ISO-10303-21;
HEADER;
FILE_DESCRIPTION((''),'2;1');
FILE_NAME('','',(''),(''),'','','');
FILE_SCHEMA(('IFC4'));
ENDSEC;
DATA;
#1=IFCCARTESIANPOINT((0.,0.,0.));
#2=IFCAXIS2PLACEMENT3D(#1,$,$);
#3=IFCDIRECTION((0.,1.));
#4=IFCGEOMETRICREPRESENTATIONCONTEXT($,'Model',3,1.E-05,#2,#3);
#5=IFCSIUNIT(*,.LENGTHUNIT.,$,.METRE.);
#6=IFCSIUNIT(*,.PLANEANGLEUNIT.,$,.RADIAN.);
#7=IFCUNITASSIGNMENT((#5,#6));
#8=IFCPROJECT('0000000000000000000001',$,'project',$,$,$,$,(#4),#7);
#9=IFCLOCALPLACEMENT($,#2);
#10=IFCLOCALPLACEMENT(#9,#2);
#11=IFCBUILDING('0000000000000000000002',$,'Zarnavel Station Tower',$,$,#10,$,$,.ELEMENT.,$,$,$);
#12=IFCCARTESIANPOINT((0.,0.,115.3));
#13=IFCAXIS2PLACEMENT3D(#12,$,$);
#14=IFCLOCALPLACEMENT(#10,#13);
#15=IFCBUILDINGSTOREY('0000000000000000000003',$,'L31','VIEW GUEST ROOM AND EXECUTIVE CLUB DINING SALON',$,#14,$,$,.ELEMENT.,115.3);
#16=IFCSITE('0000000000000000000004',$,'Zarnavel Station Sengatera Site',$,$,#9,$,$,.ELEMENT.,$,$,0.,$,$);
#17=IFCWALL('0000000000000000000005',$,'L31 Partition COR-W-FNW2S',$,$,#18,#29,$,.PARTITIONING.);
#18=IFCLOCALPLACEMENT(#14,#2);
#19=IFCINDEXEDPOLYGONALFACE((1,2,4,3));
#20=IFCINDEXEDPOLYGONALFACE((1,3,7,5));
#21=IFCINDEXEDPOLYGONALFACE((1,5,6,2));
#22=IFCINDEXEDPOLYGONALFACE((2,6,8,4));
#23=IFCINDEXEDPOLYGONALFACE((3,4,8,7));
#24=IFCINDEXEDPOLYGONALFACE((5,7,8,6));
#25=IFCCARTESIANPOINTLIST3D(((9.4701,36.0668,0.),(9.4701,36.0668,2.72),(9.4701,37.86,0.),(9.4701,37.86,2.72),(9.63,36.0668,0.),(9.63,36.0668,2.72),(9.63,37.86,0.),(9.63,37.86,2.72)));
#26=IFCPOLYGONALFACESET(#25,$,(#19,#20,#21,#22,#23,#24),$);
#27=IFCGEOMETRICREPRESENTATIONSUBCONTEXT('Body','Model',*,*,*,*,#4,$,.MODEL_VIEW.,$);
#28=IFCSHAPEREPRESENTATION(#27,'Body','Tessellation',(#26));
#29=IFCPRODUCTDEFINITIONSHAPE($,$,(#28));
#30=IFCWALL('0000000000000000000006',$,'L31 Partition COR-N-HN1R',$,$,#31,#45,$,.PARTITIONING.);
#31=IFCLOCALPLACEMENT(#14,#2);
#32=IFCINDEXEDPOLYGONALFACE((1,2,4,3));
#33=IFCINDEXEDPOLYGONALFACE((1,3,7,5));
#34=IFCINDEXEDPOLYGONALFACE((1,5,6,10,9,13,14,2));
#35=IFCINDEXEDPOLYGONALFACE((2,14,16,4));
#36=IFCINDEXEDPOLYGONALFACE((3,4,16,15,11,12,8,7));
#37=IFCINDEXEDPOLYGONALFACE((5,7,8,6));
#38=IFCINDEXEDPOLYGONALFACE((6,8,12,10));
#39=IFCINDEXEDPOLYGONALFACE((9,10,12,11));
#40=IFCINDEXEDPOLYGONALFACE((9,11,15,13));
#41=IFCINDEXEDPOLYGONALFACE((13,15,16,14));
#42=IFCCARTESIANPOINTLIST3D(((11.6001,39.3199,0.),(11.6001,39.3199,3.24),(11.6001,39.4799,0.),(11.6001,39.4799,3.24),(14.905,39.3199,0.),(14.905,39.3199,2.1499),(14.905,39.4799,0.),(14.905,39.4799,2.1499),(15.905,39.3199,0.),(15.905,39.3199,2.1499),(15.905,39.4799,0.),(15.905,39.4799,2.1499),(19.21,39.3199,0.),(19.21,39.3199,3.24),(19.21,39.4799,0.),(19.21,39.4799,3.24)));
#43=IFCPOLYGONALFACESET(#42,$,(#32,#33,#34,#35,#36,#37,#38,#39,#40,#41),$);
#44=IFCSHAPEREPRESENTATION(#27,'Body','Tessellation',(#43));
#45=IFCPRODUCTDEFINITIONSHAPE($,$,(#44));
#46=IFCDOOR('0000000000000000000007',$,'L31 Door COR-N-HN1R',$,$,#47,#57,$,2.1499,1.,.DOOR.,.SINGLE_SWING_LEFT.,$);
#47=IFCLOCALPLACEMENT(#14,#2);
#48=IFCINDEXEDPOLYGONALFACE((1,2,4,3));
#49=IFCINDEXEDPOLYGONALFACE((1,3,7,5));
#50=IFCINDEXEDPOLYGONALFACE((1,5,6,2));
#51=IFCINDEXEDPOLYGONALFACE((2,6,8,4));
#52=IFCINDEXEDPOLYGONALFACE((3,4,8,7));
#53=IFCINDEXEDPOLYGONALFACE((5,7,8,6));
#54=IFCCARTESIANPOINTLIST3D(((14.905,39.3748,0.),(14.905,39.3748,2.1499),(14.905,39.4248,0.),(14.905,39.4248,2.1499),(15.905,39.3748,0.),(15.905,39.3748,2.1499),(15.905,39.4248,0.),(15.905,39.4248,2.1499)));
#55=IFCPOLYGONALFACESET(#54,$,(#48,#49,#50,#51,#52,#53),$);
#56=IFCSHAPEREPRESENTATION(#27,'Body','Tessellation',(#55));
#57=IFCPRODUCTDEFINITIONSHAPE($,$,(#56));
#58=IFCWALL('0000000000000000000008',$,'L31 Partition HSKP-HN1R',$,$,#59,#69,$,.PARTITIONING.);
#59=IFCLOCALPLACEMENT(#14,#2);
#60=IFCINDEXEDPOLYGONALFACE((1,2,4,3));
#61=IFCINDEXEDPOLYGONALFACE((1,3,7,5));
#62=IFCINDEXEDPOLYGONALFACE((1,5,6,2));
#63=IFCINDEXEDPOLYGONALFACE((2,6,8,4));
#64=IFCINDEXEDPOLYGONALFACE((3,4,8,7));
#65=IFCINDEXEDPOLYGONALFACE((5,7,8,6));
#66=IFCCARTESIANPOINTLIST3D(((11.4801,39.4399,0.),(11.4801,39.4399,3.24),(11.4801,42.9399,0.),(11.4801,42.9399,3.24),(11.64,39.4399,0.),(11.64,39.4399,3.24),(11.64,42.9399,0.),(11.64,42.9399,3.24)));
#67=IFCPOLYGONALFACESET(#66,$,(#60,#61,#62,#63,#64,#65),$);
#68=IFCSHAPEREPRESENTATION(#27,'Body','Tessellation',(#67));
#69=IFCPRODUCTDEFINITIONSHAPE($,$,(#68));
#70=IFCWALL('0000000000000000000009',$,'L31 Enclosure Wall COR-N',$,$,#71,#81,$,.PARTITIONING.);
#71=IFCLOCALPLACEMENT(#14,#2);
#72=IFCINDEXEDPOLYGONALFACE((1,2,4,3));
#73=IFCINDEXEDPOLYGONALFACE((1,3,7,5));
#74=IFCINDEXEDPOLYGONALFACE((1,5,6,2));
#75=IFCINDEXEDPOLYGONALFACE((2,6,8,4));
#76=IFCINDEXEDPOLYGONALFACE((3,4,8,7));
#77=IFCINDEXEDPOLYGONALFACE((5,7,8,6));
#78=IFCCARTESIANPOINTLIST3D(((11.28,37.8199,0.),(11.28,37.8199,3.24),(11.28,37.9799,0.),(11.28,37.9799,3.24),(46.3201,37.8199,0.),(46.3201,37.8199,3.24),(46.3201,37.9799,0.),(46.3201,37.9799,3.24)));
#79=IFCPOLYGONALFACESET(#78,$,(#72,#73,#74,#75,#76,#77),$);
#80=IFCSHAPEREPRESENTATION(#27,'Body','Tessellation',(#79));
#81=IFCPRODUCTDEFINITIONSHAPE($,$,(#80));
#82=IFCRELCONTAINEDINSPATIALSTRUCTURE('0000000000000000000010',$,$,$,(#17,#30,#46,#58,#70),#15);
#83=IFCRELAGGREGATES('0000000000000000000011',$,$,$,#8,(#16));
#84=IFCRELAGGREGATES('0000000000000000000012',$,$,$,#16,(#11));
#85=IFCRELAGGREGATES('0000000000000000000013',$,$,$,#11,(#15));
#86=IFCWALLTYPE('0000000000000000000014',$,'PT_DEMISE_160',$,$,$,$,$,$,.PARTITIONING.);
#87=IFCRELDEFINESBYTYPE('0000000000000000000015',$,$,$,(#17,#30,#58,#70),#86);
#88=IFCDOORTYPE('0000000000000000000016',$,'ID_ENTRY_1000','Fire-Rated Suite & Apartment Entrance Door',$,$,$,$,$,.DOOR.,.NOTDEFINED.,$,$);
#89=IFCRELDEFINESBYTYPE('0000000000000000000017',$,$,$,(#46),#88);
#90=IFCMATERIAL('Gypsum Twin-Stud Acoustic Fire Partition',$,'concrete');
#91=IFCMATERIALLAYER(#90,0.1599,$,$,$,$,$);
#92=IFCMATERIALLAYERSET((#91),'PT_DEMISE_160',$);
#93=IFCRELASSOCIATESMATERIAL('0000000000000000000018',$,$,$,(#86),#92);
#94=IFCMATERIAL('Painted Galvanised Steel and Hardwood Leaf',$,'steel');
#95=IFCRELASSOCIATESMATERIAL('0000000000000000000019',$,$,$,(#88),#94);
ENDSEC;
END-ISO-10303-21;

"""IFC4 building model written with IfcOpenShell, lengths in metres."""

from ifc_helpers import new_model, si_unit, direction, frame, frame_2d, origin, place, context, subcontext, project, spatial, rectangle, extrude, material, layer, layer_set, type_object, element, fill, save


model = new_model("IFC4")

# Units and contexts
model_context = context("Model", 3, precision=1e-05, world=origin(), true_north=direction((0.0, 1.0)))
body_context = subcontext(model_context, "Body", "Model", "MODEL_VIEW")
ifc_project = project(units=[si_unit("LENGTHUNIT", "METRE"), si_unit("PLANEANGLEUNIT", "RADIAN")], contexts=[model_context])

# Site, building, storey
site_placement = place(None, origin())
site = spatial("IfcSite", under=ifc_project, at=site_placement, Name="Zarnavel Station Sengatera Site", CompositionType="ELEMENT", RefElevation=0.0)
building_placement = place(site_placement, origin())
building = spatial("IfcBuilding", under=site, at=building_placement, Name="Zarnavel Station Tower", CompositionType="ELEMENT")
storey_placement = place(building_placement, frame((0.0, 0.0, 115.3)))
storey = spatial("IfcBuildingStorey", under=building, at=storey_placement, Name="L31", Description="VIEW GUEST ROOM AND EXECUTIVE CLUB DINING SALON", CompositionType="ELEMENT", Elevation=115.3)

# Wall
ifc_material_1 = material(Name="Gypsum Twin-Stud Acoustic Fire Partition", Category="concrete")
ifc_layer_1 = layer(ifc_material_1, 0.1599)
ifc_layer_set_1 = layer_set([ifc_layer_1], Name="PT_DEMISE_160")
wall_type_1 = type_object("IfcWallType", Name="PT_DEMISE_160", PredefinedType="PARTITIONING", material=ifc_layer_set_1)
wall_1_placement = place(storey_placement, frame((9.55, 36.0669, 0.0), z_axis=(0.0, 0.0, 1.0), x_axis=(0.0, 1.0, 0.0)))
element("IfcWall", 1, at=wall_1_placement, inside=storey, type_object=wall_type_1, Name="L31 Partition COR-W-FNW2S", PredefinedType="PARTITIONING", context=body_context, shape_type="SweptSolid", body=[
    extrude(rectangle(XDim=1.7932, YDim=0.1599, at=frame_2d((0.8965, 0.0))), origin(), (0.0, 0.0, 1.0), 2.72),
])

# Wall, opening, door
wall_2_placement = place(storey_placement, frame((11.6001, 39.3999, 0.0), z_axis=(0.0, 0.0, 1.0), x_axis=(1.0, 0.0, 0.0)))
wall_2 = element("IfcWall", 2, at=wall_2_placement, inside=storey, type_object=wall_type_1, Name="L31 Partition COR-N-HN1R", PredefinedType="PARTITIONING", context=body_context, shape_type="SweptSolid", body=[
    extrude(rectangle(XDim=7.6099, YDim=0.1599, at=frame_2d((3.8049, 0.0))), origin(), (0.0, 0.0, 1.0), 3.24),
])
opening_1_placement = place(wall_2_placement, frame((3.3049, 0.0, 0.0)))
opening_1 = element("IfcOpeningElement", 3, at=opening_1_placement, cuts=wall_2, PredefinedType="OPENING", context=body_context, shape_type="SweptSolid", body=[
    extrude(rectangle(XDim=1.0, YDim=2.1499, at=frame_2d((0.5, 1.075))), frame((0.0, 0.0898, 0.0), z_axis=(0.0, -1.0, 0.0), x_axis=(1.0, 0.0, 0.0)), (0.0, 0.0, 1.0), 0.1799),
])
ifc_material_2 = material(Name="Painted Galvanised Steel and Hardwood Leaf", Category="steel")
door_type = type_object("IfcDoorType", Name="ID_ENTRY_1000", Description="Fire-Rated Suite & Apartment Entrance Door", OperationType="NOTDEFINED", PredefinedType="DOOR", material=ifc_material_2)
door_placement = place(opening_1_placement, origin())
door = element("IfcDoor", 4, at=door_placement, inside=storey, type_object=door_type, Name="L31 Door COR-N-HN1R", OperationType="SINGLE_SWING_LEFT", OverallHeight=2.1499, OverallWidth=1.0, PredefinedType="DOOR", context=body_context, shape_type="SweptSolid", body=[
    extrude(rectangle(XDim=1.0, YDim=2.1499, at=frame_2d((0.5, 1.075))), frame((0.0, 0.0249, 0.0), z_axis=(0.0, -1.0, 0.0), x_axis=(1.0, 0.0, 0.0)), (0.0, 0.0, 1.0), 0.05),
])
fill(opening_1, door)

# Walls
wall_3_placement = place(storey_placement, frame((11.5601, 39.4399, 0.0), z_axis=(0.0, 0.0, 1.0), x_axis=(0.0, 1.0, 0.0)))
element("IfcWall", 5, at=wall_3_placement, inside=storey, type_object=wall_type_1, Name="L31 Partition HSKP-HN1R", PredefinedType="PARTITIONING", context=body_context, shape_type="SweptSolid", body=[
    extrude(rectangle(XDim=3.5, YDim=0.1599, at=frame_2d((1.75, 0.0))), origin(), (0.0, 0.0, 1.0), 3.24),
])
wall_4_placement = place(storey_placement, frame((11.28, 37.8999, 0.0), z_axis=(0.0, 0.0, 1.0), x_axis=(1.0, 0.0, 0.0)))
element("IfcWall", 6, at=wall_4_placement, inside=storey, type_object=wall_type_1, Name="L31 Enclosure Wall COR-N", PredefinedType="PARTITIONING", context=body_context, shape_type="SweptSolid", body=[
    extrude(rectangle(XDim=35.04, YDim=0.1599, at=frame_2d((17.52, 0.0))), origin(), (0.0, 0.0, 1.0), 3.24),
])

save(model, "model.ifc")
